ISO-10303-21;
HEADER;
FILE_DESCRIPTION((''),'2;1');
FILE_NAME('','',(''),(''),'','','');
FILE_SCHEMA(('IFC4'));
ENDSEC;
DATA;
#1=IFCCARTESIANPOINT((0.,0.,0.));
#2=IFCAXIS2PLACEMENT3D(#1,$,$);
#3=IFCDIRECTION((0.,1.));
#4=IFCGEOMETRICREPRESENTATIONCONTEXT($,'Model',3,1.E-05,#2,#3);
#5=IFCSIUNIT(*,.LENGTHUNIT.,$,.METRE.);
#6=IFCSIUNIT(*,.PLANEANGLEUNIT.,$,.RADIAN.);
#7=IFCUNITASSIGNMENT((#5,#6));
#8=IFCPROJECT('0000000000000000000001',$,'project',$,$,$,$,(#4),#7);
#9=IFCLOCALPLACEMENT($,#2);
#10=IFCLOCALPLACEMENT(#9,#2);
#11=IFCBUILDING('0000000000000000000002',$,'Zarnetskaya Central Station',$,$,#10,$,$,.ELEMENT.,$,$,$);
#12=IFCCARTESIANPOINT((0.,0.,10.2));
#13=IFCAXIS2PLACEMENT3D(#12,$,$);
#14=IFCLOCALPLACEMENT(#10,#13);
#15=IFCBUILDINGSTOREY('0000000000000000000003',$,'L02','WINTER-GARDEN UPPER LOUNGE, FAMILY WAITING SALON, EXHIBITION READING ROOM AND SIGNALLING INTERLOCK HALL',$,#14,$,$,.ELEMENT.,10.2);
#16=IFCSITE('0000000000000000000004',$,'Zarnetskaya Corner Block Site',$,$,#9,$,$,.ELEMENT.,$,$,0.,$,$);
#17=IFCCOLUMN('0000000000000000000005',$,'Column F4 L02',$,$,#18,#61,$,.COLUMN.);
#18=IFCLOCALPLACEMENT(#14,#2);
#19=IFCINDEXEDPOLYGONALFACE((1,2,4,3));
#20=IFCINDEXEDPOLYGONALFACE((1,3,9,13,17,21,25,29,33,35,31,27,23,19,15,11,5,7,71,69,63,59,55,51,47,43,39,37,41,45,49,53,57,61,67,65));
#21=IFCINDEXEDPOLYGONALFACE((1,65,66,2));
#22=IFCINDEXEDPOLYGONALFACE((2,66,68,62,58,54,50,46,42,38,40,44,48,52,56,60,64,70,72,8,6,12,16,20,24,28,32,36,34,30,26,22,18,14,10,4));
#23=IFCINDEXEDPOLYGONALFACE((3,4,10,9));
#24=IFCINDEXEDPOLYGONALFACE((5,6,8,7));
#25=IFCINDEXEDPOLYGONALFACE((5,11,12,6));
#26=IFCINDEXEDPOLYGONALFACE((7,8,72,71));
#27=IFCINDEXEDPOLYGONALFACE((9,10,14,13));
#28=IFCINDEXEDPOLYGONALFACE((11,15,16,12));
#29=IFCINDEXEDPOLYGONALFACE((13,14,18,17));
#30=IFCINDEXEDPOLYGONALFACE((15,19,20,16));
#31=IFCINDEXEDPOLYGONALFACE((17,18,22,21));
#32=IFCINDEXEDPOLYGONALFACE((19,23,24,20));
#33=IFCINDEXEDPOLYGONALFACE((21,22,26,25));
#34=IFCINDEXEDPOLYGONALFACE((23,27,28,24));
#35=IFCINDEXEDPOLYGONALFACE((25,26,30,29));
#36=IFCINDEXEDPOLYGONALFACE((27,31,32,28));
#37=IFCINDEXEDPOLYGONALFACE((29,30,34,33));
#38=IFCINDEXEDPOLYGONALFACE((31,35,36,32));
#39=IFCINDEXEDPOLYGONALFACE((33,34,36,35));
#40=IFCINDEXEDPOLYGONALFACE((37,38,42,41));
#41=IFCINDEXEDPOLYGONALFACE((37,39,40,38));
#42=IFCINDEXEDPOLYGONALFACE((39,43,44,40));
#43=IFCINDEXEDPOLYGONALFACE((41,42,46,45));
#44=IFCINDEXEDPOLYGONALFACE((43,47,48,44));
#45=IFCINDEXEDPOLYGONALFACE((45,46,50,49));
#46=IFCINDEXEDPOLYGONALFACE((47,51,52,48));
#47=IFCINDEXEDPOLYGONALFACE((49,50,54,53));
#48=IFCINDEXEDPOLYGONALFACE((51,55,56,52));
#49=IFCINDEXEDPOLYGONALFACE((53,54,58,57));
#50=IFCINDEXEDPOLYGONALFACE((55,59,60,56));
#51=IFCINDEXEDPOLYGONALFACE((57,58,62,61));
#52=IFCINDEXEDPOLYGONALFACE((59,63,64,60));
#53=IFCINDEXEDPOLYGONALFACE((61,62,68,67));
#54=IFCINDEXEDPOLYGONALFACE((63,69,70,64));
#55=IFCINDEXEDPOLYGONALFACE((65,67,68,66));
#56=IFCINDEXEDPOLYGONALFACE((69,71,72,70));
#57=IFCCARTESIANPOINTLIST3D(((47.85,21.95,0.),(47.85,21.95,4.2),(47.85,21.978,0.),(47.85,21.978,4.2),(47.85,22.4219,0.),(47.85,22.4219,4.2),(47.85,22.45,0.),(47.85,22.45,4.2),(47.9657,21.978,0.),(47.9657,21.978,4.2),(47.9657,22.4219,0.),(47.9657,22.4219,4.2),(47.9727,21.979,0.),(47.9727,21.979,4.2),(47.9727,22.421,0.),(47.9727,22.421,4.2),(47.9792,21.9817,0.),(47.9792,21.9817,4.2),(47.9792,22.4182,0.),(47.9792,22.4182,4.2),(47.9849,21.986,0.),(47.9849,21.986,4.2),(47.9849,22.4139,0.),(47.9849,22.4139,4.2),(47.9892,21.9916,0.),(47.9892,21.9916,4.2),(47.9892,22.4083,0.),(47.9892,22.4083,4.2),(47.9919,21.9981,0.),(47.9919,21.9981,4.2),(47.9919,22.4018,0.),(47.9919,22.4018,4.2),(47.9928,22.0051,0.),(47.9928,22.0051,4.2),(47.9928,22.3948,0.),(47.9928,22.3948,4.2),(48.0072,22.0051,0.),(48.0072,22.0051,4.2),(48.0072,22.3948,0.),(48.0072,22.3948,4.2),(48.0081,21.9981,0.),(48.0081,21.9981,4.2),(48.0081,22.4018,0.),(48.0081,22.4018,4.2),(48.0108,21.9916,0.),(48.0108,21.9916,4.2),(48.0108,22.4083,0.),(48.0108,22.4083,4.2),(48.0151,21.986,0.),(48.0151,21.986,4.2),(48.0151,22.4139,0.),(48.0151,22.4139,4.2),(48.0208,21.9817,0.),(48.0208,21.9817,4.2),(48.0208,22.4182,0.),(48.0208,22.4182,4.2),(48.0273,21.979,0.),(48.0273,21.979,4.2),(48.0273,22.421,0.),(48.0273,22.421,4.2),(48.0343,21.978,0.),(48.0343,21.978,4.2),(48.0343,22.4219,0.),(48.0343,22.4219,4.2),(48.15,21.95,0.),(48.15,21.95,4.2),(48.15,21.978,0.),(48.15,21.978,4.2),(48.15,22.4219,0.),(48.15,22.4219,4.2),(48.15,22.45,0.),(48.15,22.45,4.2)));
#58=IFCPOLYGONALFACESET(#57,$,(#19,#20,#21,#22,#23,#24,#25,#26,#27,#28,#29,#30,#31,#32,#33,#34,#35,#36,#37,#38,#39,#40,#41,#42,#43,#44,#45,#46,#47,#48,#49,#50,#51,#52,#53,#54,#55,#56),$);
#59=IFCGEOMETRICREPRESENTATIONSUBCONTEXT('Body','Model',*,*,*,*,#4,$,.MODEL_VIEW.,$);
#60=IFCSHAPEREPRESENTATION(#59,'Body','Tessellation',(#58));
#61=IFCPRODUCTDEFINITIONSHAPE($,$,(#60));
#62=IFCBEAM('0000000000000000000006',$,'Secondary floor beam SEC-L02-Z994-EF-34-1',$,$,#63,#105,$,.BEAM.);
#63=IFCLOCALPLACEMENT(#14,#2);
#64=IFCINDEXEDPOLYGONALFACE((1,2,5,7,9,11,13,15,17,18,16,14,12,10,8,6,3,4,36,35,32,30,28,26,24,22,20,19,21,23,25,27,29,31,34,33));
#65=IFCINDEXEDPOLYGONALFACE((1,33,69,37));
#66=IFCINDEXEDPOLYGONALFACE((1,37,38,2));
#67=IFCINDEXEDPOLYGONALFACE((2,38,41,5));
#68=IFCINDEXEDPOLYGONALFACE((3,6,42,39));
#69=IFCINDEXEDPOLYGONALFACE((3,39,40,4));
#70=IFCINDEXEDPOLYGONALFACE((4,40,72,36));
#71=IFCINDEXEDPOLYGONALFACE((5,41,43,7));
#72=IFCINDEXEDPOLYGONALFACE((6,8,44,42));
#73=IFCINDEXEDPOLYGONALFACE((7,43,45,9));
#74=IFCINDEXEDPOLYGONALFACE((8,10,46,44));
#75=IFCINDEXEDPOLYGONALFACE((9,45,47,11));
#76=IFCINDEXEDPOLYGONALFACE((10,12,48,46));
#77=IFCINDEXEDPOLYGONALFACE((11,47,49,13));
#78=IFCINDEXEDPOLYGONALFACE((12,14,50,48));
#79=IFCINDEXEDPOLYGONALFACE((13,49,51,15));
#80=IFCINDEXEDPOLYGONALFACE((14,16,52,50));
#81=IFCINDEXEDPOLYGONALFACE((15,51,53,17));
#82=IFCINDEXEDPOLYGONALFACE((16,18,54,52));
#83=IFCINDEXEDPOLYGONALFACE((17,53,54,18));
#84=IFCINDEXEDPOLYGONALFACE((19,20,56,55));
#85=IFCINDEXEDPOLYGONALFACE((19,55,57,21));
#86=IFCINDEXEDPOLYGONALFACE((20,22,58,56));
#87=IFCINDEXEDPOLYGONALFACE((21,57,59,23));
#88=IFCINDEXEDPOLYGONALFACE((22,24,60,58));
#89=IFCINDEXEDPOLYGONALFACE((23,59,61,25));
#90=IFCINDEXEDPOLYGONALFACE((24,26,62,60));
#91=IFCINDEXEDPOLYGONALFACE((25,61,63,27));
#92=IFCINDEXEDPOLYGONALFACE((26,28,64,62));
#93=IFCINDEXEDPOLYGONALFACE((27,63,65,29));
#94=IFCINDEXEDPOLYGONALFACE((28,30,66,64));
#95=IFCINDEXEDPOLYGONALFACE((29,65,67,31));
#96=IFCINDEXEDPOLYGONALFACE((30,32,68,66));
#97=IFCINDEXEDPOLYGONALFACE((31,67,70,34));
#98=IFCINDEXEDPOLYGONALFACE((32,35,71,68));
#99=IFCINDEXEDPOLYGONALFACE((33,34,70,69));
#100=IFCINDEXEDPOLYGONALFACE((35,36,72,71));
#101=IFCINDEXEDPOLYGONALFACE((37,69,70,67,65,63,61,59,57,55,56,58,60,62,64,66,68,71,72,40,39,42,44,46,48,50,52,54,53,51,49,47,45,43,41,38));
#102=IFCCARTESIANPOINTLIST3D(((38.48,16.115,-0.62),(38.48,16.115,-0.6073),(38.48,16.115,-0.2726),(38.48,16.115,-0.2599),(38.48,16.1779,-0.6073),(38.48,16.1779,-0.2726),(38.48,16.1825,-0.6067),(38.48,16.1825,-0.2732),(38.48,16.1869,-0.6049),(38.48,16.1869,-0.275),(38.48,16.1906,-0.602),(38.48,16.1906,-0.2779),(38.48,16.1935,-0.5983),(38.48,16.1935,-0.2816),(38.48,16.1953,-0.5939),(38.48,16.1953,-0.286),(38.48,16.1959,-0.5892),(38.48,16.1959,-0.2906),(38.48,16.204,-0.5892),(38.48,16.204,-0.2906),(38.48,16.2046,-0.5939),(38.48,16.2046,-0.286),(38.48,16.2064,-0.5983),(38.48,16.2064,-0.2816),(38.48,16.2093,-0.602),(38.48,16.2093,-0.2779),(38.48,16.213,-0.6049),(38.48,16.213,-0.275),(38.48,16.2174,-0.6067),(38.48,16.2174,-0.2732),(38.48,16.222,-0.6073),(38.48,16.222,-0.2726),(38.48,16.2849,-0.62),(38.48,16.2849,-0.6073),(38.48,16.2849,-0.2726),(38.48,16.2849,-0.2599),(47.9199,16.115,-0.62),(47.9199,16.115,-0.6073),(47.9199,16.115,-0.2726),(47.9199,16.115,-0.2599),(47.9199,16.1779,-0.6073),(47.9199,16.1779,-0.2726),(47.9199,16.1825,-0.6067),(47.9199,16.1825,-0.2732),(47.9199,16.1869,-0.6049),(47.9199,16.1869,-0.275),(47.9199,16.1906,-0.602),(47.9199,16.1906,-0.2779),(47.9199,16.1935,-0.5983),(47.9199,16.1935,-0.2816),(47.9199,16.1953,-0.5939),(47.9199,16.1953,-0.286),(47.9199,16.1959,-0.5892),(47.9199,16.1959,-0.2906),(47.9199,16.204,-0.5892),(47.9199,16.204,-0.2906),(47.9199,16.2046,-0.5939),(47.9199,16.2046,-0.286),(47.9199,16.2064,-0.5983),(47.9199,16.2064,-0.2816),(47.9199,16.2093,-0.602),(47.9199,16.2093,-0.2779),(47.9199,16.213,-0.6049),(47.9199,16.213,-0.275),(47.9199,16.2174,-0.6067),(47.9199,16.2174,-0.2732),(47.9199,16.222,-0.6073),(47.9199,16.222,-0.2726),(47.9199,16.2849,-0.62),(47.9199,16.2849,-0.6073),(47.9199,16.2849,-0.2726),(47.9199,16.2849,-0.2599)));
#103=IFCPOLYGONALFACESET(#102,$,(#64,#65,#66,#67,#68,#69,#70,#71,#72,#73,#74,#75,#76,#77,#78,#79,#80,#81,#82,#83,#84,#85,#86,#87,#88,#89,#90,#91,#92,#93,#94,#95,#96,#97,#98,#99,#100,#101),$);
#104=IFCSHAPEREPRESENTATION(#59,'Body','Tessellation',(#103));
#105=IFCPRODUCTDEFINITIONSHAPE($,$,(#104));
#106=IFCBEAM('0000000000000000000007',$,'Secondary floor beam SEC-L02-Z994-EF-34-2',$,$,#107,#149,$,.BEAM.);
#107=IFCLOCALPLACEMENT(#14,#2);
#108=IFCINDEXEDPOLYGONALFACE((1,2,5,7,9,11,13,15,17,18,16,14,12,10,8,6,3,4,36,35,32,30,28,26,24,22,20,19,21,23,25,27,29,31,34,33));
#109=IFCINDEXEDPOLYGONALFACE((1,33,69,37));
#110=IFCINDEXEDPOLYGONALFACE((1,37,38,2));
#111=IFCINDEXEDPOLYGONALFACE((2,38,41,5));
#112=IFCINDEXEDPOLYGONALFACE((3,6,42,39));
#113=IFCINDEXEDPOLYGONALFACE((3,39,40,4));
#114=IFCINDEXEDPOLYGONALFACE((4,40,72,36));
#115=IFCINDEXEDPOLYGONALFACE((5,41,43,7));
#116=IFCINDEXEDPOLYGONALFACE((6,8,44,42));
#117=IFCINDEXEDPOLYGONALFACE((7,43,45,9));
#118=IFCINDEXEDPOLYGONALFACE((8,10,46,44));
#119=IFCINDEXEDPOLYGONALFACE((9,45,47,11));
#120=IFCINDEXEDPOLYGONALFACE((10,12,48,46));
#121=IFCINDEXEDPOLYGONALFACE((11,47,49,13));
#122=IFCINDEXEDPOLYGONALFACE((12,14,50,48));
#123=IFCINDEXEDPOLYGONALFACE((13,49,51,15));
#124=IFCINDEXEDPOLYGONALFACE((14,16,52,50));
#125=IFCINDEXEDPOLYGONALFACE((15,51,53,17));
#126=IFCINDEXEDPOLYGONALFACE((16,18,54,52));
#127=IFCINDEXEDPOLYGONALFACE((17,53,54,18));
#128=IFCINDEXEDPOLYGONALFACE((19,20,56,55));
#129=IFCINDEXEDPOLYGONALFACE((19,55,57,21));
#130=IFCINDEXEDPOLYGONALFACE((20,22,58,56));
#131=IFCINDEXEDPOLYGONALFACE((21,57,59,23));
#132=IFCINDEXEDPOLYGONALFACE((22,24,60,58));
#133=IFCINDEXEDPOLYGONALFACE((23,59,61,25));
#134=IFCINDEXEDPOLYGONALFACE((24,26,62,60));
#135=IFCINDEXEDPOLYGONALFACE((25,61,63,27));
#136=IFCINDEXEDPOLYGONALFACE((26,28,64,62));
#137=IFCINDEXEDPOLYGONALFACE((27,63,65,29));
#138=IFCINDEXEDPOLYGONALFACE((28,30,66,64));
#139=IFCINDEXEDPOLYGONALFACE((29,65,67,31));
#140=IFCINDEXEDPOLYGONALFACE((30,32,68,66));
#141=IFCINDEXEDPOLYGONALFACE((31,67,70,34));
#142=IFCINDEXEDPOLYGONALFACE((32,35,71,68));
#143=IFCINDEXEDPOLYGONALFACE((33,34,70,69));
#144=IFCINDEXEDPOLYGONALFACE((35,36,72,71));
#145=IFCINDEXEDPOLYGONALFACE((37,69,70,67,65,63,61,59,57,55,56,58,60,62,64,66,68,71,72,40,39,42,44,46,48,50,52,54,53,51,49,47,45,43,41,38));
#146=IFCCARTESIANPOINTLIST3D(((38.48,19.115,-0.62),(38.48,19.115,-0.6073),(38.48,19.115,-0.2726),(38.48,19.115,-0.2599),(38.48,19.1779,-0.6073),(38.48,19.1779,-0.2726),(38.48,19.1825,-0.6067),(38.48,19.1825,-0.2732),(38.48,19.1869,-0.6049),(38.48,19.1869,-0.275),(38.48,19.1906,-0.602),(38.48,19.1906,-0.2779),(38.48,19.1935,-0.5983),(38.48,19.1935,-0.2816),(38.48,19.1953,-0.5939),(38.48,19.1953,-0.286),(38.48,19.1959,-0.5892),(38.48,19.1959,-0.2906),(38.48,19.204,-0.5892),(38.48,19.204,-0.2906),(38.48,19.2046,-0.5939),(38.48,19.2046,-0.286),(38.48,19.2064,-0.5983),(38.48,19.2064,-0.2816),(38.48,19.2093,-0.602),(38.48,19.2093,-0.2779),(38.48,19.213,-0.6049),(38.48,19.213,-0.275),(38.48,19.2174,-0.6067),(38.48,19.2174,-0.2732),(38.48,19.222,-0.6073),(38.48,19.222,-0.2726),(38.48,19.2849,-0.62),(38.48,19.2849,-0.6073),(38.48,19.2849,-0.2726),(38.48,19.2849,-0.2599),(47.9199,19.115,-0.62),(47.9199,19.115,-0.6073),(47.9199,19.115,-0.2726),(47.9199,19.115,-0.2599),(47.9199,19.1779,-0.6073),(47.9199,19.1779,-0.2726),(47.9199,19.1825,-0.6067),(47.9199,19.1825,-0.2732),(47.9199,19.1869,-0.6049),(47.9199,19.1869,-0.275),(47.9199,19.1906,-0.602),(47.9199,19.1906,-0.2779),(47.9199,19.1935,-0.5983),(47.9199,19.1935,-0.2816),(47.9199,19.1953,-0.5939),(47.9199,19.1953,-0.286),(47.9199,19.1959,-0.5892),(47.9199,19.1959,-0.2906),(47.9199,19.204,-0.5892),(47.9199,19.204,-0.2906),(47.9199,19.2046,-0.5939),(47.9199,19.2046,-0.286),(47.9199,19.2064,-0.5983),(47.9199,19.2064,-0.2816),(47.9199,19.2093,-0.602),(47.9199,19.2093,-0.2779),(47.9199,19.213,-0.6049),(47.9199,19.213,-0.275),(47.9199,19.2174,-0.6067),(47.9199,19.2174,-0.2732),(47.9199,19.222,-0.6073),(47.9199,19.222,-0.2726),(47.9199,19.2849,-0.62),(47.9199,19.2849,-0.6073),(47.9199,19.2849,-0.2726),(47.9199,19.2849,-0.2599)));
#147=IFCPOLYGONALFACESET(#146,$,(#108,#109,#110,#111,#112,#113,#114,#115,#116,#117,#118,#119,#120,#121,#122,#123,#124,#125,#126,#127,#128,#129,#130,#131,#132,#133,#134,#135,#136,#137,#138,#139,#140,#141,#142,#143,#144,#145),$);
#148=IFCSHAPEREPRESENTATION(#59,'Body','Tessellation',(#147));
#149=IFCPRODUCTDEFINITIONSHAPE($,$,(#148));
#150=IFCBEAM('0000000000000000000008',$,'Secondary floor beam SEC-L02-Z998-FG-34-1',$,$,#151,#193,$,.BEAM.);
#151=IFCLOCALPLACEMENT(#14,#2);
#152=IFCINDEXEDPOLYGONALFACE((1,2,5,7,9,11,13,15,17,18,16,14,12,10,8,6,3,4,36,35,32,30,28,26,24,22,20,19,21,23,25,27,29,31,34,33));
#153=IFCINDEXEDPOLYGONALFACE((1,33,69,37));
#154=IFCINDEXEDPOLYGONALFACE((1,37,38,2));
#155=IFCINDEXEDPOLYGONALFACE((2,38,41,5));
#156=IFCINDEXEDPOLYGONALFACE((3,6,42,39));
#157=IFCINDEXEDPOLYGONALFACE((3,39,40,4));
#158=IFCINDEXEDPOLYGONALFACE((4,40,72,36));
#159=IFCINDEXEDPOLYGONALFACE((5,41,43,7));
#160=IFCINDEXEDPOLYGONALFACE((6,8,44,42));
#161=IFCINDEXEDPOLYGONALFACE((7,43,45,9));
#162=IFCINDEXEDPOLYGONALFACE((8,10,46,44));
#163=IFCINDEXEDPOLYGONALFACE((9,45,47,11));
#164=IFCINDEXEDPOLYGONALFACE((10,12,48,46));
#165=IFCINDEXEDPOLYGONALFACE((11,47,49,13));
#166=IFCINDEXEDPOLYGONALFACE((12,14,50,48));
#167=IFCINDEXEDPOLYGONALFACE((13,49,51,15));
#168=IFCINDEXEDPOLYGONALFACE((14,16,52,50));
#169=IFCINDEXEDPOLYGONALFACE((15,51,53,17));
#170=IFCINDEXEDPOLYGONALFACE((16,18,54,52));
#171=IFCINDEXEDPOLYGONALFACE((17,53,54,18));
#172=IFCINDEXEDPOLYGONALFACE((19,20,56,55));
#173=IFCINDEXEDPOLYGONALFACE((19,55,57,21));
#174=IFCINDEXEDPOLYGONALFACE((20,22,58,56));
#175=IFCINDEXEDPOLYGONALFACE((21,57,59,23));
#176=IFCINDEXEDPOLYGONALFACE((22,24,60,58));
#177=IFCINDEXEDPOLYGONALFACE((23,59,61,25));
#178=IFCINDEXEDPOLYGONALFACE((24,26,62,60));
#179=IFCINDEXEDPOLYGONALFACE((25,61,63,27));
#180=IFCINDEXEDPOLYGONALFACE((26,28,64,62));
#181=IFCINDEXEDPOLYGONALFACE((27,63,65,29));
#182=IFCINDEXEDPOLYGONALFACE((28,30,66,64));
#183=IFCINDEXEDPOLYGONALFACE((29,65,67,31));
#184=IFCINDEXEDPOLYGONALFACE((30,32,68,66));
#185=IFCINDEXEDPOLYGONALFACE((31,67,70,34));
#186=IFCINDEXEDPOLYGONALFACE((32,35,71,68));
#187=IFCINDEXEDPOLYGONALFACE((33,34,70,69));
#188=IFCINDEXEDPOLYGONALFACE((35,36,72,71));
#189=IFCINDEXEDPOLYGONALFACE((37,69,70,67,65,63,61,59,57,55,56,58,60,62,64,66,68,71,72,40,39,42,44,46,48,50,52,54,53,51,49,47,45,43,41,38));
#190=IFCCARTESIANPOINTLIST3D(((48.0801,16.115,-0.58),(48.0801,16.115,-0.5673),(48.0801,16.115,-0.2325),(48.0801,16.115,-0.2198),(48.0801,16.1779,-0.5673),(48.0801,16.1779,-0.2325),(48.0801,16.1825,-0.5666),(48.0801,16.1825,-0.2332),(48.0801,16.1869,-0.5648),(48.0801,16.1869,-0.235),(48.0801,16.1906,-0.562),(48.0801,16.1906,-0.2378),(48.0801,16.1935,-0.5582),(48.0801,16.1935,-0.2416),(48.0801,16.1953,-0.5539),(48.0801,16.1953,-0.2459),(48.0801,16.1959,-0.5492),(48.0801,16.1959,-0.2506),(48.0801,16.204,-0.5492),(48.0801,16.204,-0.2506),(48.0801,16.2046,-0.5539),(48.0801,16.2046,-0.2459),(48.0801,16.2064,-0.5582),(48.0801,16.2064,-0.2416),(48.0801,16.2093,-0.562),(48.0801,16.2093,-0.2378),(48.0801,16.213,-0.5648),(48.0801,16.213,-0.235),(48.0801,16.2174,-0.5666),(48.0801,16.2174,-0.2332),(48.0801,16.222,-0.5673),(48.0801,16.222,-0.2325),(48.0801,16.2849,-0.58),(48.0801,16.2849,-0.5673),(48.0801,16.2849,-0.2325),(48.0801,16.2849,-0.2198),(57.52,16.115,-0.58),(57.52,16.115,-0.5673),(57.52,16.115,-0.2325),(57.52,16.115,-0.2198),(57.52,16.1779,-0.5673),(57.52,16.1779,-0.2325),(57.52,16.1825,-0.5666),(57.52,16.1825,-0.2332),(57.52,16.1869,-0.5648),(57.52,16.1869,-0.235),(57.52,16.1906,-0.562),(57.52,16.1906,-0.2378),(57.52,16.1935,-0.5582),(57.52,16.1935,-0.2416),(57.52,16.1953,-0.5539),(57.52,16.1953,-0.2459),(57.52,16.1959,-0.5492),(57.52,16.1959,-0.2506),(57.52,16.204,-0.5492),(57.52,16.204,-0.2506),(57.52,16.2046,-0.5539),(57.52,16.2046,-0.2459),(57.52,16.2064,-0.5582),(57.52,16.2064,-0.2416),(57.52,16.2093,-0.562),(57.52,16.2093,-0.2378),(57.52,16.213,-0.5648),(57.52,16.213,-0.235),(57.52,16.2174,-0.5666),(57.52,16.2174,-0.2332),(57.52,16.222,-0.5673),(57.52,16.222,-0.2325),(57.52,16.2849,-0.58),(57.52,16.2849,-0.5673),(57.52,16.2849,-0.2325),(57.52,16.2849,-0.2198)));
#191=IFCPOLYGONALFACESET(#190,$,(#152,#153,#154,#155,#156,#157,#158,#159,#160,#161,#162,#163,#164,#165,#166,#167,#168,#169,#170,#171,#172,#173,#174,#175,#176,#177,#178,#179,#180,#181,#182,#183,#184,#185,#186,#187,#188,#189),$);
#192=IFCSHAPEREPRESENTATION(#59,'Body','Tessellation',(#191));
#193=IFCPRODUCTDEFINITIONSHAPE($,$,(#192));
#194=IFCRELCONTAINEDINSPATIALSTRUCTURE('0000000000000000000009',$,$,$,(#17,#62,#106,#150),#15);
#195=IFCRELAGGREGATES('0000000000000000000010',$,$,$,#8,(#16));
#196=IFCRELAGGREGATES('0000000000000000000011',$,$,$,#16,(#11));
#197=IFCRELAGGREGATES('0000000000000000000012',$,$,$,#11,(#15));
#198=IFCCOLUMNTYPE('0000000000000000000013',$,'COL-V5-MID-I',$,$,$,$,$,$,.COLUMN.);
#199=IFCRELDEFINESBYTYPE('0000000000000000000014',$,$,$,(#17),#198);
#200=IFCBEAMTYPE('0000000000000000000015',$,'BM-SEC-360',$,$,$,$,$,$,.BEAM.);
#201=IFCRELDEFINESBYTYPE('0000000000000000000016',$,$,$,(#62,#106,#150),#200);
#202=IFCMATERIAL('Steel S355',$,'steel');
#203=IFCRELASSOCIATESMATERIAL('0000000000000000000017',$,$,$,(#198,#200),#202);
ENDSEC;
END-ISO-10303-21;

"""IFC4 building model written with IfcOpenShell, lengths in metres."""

from ifc_helpers import new_model, si_unit, direction, frame, origin, origin_2d, place, context, subcontext, project, spatial, i_section, extrude, material, material_profile, profile_set, type_object, element, save


model = new_model("IFC4")

# Units and contexts
model_context = context("Model", 3, precision=1e-05, world=origin(), true_north=direction((0.0, 1.0)))
body_context = subcontext(model_context, "Body", "Model", "MODEL_VIEW")
ifc_project = project(units=[si_unit("LENGTHUNIT", "METRE"), si_unit("PLANEANGLEUNIT", "RADIAN")], contexts=[model_context])

# Site, building, storey
site_placement = place(None, origin())
site = spatial("IfcSite", under=ifc_project, at=site_placement, Name="Zarnetskaya Corner Block Site", CompositionType="ELEMENT", RefElevation=0.0)
building_placement = place(site_placement, origin())
building = spatial("IfcBuilding", under=site, at=building_placement, Name="Zarnetskaya Central Station", CompositionType="ELEMENT")
storey_placement = place(building_placement, frame((0.0, 0.0, 10.2)))
storey = spatial("IfcBuildingStorey", under=building, at=storey_placement, Name="L02", Description="WINTER-GARDEN UPPER LOUNGE, FAMILY WAITING SALON, EXHIBITION READING ROOM AND SIGNALLING INTERLOCK HALL", CompositionType="ELEMENT", Elevation=10.2)

# Column
ifc_material_1 = material(Name="Steel S355", Category="steel")
ifc_material_profile_1 = material_profile(ifc_material_1, i_section(OverallWidth=0.3, OverallDepth=0.5, WebThickness=0.0144, FlangeThickness=0.0281, FilletRadius=0.0271, at=origin_2d()), Name="HEB 500")
ifc_profile_set_1 = profile_set([ifc_material_profile_1], Name="Steel S355")
column_type = type_object("IfcColumnType", Name="COL-V5-MID-I", PredefinedType="COLUMN", material=ifc_profile_set_1)
column_placement = place(storey_placement, frame((48.0, 22.2, 0.0), z_axis=(0.0, 0.0, 1.0), x_axis=(1.0, 0.0, 0.0)))
element("IfcColumn", 1, at=column_placement, inside=storey, type_object=column_type, Name="Column F4 L02", PredefinedType="COLUMN", context=body_context, shape_type="SweptSolid", body=[
    extrude(i_section(OverallWidth=0.3, OverallDepth=0.5, WebThickness=0.0144, FlangeThickness=0.0281, FilletRadius=0.0271, at=origin_2d()), origin(), (0.0, 0.0, 1.0), 4.2),
])

# Beams
ifc_material_profile_2 = material_profile(ifc_material_1, i_section(OverallWidth=0.1699, OverallDepth=0.3601, WebThickness=0.0081, FlangeThickness=0.0127, FilletRadius=0.0181, at=origin_2d()), Name="IPE 360")
ifc_profile_set_2 = profile_set([ifc_material_profile_2], Name="Steel S355")
beam_type_1 = type_object("IfcBeamType", Name="BM-SEC-360", PredefinedType="BEAM", material=ifc_profile_set_2)
for number, where, z_axis, x_axis, name in (
    (2, (38.48, 16.2, -0.4399), (1.0, 0.0, 0.0), (0.0, 1.0, 0.0), "Secondary floor beam SEC-L02-Z994-EF-34-1"),
    (3, (38.48, 19.2, -0.4399), (1.0, 0.0, 0.0), (0.0, 1.0, 0.0), "Secondary floor beam SEC-L02-Z994-EF-34-2"),
    (4, (48.0801, 16.2, -0.3999), (1.0, 0.0, 0.0), (0.0, 1.0, 0.0), "Secondary floor beam SEC-L02-Z998-FG-34-1"),
):
    element("IfcBeam", number, at=place(storey_placement, frame(where, z_axis=z_axis, x_axis=x_axis)), inside=storey, type_object=beam_type_1, Name=name, PredefinedType="BEAM", context=body_context, shape_type="SweptSolid", body=[
        extrude(i_section(OverallWidth=0.1699, OverallDepth=0.3601, WebThickness=0.0081, FlangeThickness=0.0127, FilletRadius=0.0181, at=origin_2d()), origin(), (0.0, 0.0, 1.0), 9.4399),
    ])

save(model, "model.ifc")
